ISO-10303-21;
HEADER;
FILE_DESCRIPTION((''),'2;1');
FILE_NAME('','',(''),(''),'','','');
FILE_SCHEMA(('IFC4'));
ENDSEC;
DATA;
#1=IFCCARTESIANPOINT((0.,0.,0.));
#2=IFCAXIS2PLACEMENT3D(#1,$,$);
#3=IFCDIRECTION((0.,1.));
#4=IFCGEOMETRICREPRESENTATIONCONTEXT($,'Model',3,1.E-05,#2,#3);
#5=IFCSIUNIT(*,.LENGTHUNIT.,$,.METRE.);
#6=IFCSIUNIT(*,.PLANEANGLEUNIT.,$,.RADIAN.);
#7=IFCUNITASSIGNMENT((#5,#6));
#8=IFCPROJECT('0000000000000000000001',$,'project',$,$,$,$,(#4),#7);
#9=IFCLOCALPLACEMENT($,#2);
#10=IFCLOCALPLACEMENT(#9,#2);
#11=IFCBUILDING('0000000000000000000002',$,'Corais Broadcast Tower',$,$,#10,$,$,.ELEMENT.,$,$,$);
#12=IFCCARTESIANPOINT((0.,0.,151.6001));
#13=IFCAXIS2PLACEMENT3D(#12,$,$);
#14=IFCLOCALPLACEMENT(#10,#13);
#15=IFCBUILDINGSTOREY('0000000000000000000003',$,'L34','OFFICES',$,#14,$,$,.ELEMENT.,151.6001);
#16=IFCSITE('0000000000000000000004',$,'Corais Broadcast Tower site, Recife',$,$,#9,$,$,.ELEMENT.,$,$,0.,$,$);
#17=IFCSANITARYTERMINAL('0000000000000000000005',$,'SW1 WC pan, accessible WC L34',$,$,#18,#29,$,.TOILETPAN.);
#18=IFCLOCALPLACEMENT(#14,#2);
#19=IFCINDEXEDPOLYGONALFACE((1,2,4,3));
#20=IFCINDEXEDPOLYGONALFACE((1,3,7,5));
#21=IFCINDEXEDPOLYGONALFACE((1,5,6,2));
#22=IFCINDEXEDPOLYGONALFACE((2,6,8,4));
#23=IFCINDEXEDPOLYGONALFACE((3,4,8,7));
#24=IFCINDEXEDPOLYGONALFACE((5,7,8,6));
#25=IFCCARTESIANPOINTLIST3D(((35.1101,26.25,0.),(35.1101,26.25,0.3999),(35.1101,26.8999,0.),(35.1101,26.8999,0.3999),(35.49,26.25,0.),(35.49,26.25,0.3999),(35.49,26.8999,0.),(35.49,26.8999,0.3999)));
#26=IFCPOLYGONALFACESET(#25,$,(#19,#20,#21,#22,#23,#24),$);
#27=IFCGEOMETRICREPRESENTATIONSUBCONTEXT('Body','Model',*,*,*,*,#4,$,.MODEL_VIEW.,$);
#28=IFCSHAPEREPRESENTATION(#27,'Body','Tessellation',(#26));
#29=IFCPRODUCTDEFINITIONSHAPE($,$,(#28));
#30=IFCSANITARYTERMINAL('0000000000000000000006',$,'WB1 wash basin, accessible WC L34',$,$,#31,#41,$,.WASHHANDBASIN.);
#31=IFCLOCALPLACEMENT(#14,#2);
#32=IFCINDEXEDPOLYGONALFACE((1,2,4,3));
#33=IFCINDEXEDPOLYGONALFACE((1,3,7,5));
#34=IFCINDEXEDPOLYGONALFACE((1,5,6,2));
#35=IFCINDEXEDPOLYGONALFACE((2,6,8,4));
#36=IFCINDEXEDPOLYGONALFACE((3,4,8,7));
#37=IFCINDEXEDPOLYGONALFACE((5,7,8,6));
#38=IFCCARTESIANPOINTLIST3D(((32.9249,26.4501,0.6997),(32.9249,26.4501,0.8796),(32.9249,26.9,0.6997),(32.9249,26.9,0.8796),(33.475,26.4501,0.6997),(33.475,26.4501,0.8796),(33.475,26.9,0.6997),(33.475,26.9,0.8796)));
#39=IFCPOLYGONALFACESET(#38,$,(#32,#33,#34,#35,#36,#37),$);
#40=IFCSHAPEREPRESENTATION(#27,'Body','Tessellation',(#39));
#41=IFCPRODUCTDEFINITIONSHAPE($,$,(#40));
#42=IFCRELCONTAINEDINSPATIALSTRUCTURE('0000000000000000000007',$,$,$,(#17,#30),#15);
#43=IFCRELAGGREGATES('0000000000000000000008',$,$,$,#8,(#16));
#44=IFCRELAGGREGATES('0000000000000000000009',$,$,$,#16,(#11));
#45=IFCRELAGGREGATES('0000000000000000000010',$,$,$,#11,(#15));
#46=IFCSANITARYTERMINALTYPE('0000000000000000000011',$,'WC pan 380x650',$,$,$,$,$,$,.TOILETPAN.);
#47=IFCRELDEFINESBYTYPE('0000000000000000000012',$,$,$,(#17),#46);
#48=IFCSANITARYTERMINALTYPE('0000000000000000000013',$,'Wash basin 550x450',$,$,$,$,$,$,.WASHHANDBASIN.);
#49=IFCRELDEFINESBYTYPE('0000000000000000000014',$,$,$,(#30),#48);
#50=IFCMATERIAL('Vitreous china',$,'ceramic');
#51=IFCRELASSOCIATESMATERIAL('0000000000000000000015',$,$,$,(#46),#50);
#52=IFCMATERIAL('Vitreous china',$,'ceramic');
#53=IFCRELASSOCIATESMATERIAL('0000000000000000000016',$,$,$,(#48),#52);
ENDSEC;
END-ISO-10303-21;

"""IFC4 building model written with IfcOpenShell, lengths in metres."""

from ifc_helpers import new_model, si_unit, direction, frame, origin, origin_2d, place, context, subcontext, project, spatial, rectangle, extrude, material, type_object, element, save


model = new_model("IFC4")

# Units and contexts
model_context = context("Model", 3, precision=1e-05, world=origin(), true_north=direction((0.0, 1.0)))
body_context = subcontext(model_context, "Body", "Model", "MODEL_VIEW")
ifc_project = project(units=[si_unit("LENGTHUNIT", "METRE"), si_unit("PLANEANGLEUNIT", "RADIAN")], contexts=[model_context])

# Site, building, storey
site_placement = place(None, origin())
site = spatial("IfcSite", under=ifc_project, at=site_placement, Name="Corais Broadcast Tower site, Recife", CompositionType="ELEMENT", RefElevation=0.0)
building_placement = place(site_placement, origin())
building = spatial("IfcBuilding", under=site, at=building_placement, Name="Corais Broadcast Tower", CompositionType="ELEMENT")
storey_placement = place(building_placement, frame((0.0, 0.0, 151.6001)))
storey = spatial("IfcBuildingStorey", under=building, at=storey_placement, Name="L34", Description="OFFICES", CompositionType="ELEMENT", Elevation=151.6001)

# Sanitary terminals
ifc_material_1 = material(Name="Vitreous china", Category="ceramic")
sanitary_terminal_type_1 = type_object("IfcSanitaryTerminalType", Name="WC pan 380x650", PredefinedType="TOILETPAN", material=ifc_material_1)
for number, where, z_axis, x_axis, name in (
    (1, (35.3, 26.575, 0.0), (0.0, 0.0, 1.0), (1.0, 0.0, 0.0), "SW1 WC pan, accessible WC L34"),
):
    element("IfcSanitaryTerminal", number, at=place(storey_placement, frame(where, z_axis=z_axis, x_axis=x_axis)), inside=storey, type_object=sanitary_terminal_type_1, Name=name, PredefinedType="TOILETPAN", context=body_context, shape_type="SweptSolid", body=[
        extrude(rectangle(XDim=0.3799, YDim=0.6499, at=origin_2d()), origin(), (0.0, 0.0, 1.0), 0.3999),
    ])
ifc_material_2 = material(Name="Vitreous china", Category="ceramic")
sanitary_terminal_type_2 = type_object("IfcSanitaryTerminalType", Name="Wash basin 550x450", PredefinedType="WASHHANDBASIN", material=ifc_material_2)
sanitary_terminal_placement = place(storey_placement, frame((33.2, 26.675, 0.6997), z_axis=(0.0, 0.0, 1.0), x_axis=(1.0, 0.0, 0.0)))
element("IfcSanitaryTerminal", 2, at=sanitary_terminal_placement, inside=storey, type_object=sanitary_terminal_type_2, Name="WB1 wash basin, accessible WC L34", PredefinedType="WASHHANDBASIN", context=body_context, shape_type="SweptSolid", body=[
    extrude(rectangle(XDim=0.55, YDim=0.45, at=origin_2d()), origin(), (0.0, 0.0, 1.0), 0.1799),
])

save(model, "model.ifc")
